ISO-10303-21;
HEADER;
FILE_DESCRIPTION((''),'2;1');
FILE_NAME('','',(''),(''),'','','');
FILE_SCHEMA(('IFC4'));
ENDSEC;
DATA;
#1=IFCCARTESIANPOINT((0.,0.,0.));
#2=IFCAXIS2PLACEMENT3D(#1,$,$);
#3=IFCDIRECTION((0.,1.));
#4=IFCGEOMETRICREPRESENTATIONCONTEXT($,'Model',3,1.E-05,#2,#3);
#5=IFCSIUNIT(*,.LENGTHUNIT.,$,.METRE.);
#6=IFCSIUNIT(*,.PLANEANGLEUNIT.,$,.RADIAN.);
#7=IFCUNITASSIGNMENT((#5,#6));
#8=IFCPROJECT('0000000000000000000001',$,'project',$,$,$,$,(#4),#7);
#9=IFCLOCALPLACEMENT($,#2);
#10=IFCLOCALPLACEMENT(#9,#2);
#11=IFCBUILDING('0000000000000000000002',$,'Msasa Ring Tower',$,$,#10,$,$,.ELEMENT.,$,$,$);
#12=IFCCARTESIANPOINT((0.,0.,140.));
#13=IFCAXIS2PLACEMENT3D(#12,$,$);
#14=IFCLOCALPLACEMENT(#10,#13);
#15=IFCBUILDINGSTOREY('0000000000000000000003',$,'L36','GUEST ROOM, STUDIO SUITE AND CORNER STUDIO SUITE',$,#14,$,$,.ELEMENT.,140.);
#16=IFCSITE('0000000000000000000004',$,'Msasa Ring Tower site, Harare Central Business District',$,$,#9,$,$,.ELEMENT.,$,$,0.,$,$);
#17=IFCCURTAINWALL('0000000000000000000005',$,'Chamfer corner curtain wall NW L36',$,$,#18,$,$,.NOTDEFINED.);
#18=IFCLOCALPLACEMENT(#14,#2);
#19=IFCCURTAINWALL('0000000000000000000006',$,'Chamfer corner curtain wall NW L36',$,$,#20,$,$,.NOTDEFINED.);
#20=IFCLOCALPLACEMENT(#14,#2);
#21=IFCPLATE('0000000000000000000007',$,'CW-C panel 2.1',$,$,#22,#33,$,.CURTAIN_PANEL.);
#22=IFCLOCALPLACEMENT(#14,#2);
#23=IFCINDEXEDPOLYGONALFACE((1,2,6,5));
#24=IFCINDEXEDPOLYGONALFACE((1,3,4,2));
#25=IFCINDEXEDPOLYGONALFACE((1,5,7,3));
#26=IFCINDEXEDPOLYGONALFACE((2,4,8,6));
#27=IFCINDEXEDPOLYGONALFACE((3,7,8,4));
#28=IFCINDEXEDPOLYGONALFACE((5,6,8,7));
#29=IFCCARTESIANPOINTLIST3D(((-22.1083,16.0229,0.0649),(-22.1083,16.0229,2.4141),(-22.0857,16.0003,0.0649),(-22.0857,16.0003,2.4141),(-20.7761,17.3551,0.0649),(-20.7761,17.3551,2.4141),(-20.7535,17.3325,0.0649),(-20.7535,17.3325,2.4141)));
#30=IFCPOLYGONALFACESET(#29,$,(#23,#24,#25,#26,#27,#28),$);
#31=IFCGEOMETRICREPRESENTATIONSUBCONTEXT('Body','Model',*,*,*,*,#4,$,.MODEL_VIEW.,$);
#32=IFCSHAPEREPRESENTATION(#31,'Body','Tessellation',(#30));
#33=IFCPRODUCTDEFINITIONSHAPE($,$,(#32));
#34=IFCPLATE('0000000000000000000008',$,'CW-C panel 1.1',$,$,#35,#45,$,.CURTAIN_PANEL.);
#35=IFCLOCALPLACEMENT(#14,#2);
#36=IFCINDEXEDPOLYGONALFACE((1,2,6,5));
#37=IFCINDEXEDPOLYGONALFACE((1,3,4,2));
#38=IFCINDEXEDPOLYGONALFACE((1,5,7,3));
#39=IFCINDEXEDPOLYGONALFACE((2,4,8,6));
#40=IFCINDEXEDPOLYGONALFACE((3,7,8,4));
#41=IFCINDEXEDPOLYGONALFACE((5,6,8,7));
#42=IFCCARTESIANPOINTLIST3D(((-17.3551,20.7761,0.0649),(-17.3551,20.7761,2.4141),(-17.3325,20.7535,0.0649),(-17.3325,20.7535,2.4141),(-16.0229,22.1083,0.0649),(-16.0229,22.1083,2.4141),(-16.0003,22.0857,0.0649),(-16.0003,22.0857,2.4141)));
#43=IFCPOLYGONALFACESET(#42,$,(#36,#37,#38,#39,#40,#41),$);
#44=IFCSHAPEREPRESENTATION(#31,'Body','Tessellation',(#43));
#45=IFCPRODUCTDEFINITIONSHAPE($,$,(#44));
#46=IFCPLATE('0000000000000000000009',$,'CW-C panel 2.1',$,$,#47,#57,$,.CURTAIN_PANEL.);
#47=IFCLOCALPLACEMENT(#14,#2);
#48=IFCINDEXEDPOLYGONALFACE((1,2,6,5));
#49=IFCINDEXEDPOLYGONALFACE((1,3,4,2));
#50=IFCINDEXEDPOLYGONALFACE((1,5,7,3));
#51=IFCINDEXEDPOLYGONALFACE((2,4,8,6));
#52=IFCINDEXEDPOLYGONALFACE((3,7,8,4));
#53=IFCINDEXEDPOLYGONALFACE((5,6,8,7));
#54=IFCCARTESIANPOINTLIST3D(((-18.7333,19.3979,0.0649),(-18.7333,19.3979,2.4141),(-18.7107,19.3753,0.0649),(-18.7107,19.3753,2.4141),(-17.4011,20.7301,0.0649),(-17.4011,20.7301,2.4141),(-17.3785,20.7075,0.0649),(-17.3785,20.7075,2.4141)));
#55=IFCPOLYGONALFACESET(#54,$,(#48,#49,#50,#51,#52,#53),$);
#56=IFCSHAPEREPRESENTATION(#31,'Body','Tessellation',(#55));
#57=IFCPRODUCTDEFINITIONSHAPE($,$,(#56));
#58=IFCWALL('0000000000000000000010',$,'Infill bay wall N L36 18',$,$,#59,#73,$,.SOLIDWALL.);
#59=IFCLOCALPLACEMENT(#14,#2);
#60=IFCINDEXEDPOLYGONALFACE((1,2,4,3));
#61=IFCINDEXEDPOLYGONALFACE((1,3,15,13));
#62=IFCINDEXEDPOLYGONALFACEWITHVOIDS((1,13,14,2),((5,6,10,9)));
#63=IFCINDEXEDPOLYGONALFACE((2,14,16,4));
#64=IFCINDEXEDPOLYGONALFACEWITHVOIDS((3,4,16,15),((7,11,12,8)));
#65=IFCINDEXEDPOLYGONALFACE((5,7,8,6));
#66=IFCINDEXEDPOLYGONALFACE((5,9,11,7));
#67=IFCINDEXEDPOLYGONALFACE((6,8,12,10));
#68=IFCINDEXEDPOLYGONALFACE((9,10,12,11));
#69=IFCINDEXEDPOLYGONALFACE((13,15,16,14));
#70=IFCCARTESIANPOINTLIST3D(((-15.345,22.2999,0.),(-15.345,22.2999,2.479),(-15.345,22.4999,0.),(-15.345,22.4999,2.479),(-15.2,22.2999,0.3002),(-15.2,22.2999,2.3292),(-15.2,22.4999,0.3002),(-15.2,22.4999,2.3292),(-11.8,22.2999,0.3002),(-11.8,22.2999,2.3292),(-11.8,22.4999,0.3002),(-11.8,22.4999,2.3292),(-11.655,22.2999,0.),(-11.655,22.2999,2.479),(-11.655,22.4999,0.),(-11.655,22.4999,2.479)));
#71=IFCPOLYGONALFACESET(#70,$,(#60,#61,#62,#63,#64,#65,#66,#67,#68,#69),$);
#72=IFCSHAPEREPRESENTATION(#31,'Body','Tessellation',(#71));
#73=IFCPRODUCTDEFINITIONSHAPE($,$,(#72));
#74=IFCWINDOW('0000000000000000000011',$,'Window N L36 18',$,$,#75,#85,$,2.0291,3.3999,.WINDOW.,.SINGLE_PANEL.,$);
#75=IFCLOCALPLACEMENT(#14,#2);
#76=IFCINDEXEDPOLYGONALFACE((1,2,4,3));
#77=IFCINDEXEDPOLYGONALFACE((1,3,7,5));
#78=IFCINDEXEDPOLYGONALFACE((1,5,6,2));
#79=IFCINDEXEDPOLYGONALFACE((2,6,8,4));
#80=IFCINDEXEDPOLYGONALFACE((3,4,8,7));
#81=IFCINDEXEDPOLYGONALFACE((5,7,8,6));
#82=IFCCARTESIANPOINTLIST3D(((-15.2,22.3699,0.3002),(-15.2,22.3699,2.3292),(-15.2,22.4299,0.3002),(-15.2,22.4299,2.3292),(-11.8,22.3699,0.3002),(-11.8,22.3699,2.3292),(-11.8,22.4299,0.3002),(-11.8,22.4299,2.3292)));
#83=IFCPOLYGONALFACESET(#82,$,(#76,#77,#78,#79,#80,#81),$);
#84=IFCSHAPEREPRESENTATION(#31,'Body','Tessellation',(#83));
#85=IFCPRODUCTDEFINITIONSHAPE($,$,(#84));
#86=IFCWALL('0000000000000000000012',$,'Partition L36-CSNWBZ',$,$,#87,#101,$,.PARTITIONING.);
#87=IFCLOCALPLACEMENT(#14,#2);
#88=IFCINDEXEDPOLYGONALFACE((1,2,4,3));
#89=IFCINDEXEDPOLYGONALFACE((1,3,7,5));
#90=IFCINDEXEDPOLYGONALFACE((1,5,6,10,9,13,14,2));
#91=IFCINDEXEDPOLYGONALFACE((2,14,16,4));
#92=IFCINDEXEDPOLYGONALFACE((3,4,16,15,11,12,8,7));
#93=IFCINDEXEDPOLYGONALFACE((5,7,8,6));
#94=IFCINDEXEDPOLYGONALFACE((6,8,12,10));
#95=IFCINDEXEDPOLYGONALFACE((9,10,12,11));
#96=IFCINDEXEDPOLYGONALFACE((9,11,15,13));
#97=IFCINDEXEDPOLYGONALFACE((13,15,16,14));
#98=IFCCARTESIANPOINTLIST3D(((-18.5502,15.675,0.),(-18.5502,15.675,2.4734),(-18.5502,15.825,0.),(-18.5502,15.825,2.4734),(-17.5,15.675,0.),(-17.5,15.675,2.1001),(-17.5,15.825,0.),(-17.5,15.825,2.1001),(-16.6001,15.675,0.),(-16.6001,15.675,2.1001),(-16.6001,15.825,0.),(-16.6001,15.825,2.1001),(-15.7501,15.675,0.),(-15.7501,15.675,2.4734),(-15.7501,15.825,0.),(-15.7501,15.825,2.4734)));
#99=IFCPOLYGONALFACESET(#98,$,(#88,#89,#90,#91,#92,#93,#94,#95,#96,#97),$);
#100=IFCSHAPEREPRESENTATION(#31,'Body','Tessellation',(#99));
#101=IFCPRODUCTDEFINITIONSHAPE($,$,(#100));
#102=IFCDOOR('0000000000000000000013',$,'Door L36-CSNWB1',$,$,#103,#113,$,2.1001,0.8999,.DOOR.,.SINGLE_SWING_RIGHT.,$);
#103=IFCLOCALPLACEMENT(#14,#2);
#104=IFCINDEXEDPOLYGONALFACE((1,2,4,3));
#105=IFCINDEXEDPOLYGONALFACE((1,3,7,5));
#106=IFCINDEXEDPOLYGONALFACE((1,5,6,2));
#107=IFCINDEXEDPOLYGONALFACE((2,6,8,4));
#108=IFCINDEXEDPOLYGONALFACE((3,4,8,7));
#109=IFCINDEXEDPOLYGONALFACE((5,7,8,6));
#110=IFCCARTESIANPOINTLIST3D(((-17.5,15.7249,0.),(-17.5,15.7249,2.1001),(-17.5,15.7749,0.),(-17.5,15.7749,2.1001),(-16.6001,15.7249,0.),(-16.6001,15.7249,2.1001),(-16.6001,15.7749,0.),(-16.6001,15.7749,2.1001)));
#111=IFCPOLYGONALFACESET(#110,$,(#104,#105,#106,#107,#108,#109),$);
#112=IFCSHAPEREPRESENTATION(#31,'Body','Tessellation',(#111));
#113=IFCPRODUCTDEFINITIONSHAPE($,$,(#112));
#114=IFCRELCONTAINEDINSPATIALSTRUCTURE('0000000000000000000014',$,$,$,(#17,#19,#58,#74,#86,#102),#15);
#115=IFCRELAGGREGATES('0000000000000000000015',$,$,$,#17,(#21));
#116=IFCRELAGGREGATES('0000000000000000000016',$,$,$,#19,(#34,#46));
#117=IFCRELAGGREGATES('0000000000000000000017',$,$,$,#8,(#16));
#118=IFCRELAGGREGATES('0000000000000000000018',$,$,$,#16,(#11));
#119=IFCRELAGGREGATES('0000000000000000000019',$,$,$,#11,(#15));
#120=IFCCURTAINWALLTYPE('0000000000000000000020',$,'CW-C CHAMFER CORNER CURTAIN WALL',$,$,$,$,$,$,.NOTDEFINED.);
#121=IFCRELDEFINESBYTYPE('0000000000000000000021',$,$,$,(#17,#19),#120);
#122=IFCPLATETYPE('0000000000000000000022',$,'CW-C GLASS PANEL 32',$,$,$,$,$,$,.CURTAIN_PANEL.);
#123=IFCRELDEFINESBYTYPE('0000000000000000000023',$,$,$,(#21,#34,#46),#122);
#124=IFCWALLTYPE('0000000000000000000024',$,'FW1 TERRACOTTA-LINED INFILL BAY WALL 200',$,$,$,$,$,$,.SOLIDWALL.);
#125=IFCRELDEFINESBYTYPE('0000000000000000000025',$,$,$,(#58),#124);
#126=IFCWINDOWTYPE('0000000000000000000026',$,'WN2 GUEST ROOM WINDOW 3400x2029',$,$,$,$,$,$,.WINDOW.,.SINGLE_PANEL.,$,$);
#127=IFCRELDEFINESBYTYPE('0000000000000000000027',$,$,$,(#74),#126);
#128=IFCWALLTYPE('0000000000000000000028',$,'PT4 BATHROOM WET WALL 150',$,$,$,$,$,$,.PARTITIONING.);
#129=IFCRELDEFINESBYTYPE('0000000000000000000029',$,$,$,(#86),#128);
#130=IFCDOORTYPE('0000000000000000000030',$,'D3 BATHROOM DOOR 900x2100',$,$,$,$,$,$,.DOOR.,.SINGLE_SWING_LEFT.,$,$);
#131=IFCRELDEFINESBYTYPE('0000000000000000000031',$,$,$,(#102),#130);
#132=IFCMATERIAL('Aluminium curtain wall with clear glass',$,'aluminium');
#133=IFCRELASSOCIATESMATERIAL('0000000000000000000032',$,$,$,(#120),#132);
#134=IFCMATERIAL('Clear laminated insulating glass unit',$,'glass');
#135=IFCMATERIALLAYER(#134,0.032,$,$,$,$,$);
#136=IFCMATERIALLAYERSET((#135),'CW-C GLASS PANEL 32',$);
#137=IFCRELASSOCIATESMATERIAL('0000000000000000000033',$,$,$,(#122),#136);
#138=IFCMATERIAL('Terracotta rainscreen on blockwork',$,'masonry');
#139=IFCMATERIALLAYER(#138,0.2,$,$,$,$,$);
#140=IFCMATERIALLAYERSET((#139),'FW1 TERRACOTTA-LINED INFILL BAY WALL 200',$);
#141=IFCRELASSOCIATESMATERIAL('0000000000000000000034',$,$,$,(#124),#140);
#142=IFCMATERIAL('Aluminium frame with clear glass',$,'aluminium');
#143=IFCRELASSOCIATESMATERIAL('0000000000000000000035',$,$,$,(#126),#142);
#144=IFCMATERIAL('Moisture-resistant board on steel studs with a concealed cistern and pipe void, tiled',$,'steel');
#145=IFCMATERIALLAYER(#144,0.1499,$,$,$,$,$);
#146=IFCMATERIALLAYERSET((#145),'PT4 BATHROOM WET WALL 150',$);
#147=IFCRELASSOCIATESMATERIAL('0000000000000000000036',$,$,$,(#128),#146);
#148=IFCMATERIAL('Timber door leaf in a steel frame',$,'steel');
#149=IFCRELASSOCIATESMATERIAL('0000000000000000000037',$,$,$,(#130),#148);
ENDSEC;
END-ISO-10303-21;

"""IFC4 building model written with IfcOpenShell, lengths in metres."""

from ifc_helpers import new_model, si_unit, direction, frame, frame_2d, origin, origin_2d, place, context, subcontext, project, spatial, rectangle, extrude, material, layer, layer_set, type_object, element, fill, aggregate, save


model = new_model("IFC4")

# Units and contexts
model_context = context("Model", 3, precision=1e-05, world=origin(), true_north=direction((0.0, 1.0)))
body_context = subcontext(model_context, "Body", "Model", "MODEL_VIEW")
ifc_project = project(units=[si_unit("LENGTHUNIT", "METRE"), si_unit("PLANEANGLEUNIT", "RADIAN")], contexts=[model_context])

# Site, building, storey
site_placement = place(None, origin())
site = spatial("IfcSite", under=ifc_project, at=site_placement, Name="Msasa Ring Tower site, Harare Central Business District", CompositionType="ELEMENT", RefElevation=0.0)
building_placement = place(site_placement, origin())
building = spatial("IfcBuilding", under=site, at=building_placement, Name="Msasa Ring Tower", CompositionType="ELEMENT")
storey_placement = place(building_placement, frame((0.0, 0.0, 140.0)))
storey = spatial("IfcBuildingStorey", under=building, at=storey_placement, Name="L36", Description="GUEST ROOM, STUDIO SUITE AND CORNER STUDIO SUITE", CompositionType="ELEMENT", Elevation=140.0)

# Curtain walls
ifc_material_1 = material(Name="Aluminium curtain wall with clear glass", Category="aluminium")
curtain_wall_type = type_object("IfcCurtainWallType", Name="CW-C CHAMFER CORNER CURTAIN WALL", PredefinedType="NOTDEFINED", material=ifc_material_1)
curtain_wall_1_placement = place(storey_placement, origin())
curtain_wall_1 = element("IfcCurtainWall", 1, at=curtain_wall_1_placement, inside=storey, type_object=curtain_wall_type, Name="Chamfer corner curtain wall NW L36", PredefinedType="NOTDEFINED")
curtain_wall_2_placement = place(storey_placement, origin())
curtain_wall_2 = element("IfcCurtainWall", 2, at=curtain_wall_2_placement, inside=storey, type_object=curtain_wall_type, Name="Chamfer corner curtain wall NW L36", PredefinedType="NOTDEFINED")

# Plates
ifc_material_2 = material(Name="Clear laminated insulating glass unit", Category="glass")
ifc_layer_1 = layer(ifc_material_2, 0.032)
ifc_layer_set_1 = layer_set([ifc_layer_1], Name="CW-C GLASS PANEL 32")
plate_type = type_object("IfcPlateType", Name="CW-C GLASS PANEL 32", PredefinedType="CURTAIN_PANEL", material=ifc_layer_set_1)
plate_1_placement = place(storey_placement, frame((-21.4309, 16.6777, 0.0649), z_axis=(0.0, 0.0, 1.0), x_axis=(-0.707107, -0.707107, 0.0)))
plate_1 = element("IfcPlate", 3, at=plate_1_placement, type_object=plate_type, Name="CW-C panel 2.1", PredefinedType="CURTAIN_PANEL", context=body_context, shape_type="SweptSolid", body=[
    extrude(rectangle(XDim=1.884, YDim=0.032, at=origin_2d()), origin(), (0.0, 0.0, 1.0), 2.3491),
])
aggregate(curtain_wall_1, [plate_1])
plate_2_placement = place(storey_placement, frame((-16.6777, 21.4309, 0.0649), z_axis=(0.0, 0.0, 1.0), x_axis=(-0.707107, -0.707107, 0.0)))
plate_2 = element("IfcPlate", 4, at=plate_2_placement, type_object=plate_type, Name="CW-C panel 1.1", PredefinedType="CURTAIN_PANEL", context=body_context, shape_type="SweptSolid", body=[
    extrude(rectangle(XDim=1.884, YDim=0.032, at=origin_2d()), origin(), (0.0, 0.0, 1.0), 2.3491),
])
plate_3_placement = place(storey_placement, frame((-18.0559, 20.0527, 0.0649), z_axis=(0.0, 0.0, 1.0), x_axis=(-0.707107, -0.707107, 0.0)))
plate_3 = element("IfcPlate", 5, at=plate_3_placement, type_object=plate_type, Name="CW-C panel 2.1", PredefinedType="CURTAIN_PANEL", context=body_context, shape_type="SweptSolid", body=[
    extrude(rectangle(XDim=1.884, YDim=0.032, at=origin_2d()), origin(), (0.0, 0.0, 1.0), 2.3491),
])
aggregate(curtain_wall_2, [plate_2, plate_3])

# Wall, opening, window
ifc_material_3 = material(Name="Terracotta rainscreen on blockwork", Category="masonry")
ifc_layer_2 = layer(ifc_material_3, 0.2)
ifc_layer_set_2 = layer_set([ifc_layer_2], Name="FW1 TERRACOTTA-LINED INFILL BAY WALL 200")
wall_type_1 = type_object("IfcWallType", Name="FW1 TERRACOTTA-LINED INFILL BAY WALL 200", PredefinedType="SOLIDWALL", material=ifc_layer_set_2)
wall_1_placement = place(storey_placement, frame((-15.345, 22.3999, 0.0), z_axis=(0.0, 0.0, 1.0), x_axis=(1.0, 0.0, 0.0)))
wall_1 = element("IfcWall", 6, at=wall_1_placement, inside=storey, type_object=wall_type_1, Name="Infill bay wall N L36 18", PredefinedType="SOLIDWALL", context=body_context, shape_type="SweptSolid", body=[
    extrude(rectangle(XDim=3.6899, YDim=0.2, at=frame_2d((1.845, 0.0))), origin(), (0.0, 0.0, 1.0), 2.479),
])
opening_1_placement = place(wall_1_placement, frame((0.145, 0.0, 0.3)))
opening_1 = element("IfcOpeningElement", 7, at=opening_1_placement, cuts=wall_1, PredefinedType="OPENING", context=body_context, shape_type="SweptSolid", body=[
    extrude(rectangle(XDim=3.3999, YDim=2.0291, at=frame_2d((1.7, 1.0146))), frame((0.0, 0.1099, 0.0), z_axis=(0.0, -1.0, 0.0), x_axis=(1.0, 0.0, 0.0)), (0.0, 0.0, 1.0), 0.22),
])
ifc_material_4 = material(Name="Aluminium frame with clear glass", Category="aluminium")
window_type = type_object("IfcWindowType", Name="WN2 GUEST ROOM WINDOW 3400x2029", PartitioningType="SINGLE_PANEL", PredefinedType="WINDOW", material=ifc_material_4)
window_placement = place(opening_1_placement, origin())
window = element("IfcWindow", 8, at=window_placement, inside=storey, type_object=window_type, Name="Window N L36 18", OverallHeight=2.0291, OverallWidth=3.3999, PartitioningType="SINGLE_PANEL", PredefinedType="WINDOW", context=body_context, shape_type="SweptSolid", body=[
    extrude(rectangle(XDim=3.3999, YDim=2.0291, at=frame_2d((1.7, 1.0146))), frame((0.0, 0.03, 0.0), z_axis=(0.0, -1.0, 0.0), x_axis=(1.0, 0.0, 0.0)), (0.0, 0.0, 1.0), 0.0601),
])
fill(opening_1, window)

# Wall, opening, door
ifc_material_5 = material(Name="Moisture-resistant board on steel studs with a concealed cistern and pipe void, tiled", Category="steel")
ifc_layer_3 = layer(ifc_material_5, 0.1499)
ifc_layer_set_3 = layer_set([ifc_layer_3], Name="PT4 BATHROOM WET WALL 150")
wall_type_2 = type_object("IfcWallType", Name="PT4 BATHROOM WET WALL 150", PredefinedType="PARTITIONING", material=ifc_layer_set_3)
wall_2_placement = place(storey_placement, frame((-18.55, 15.75, 0.0), z_axis=(0.0, 0.0, 1.0), x_axis=(1.0, 0.0, 0.0)))
wall_2 = element("IfcWall", 9, at=wall_2_placement, inside=storey, type_object=wall_type_2, Name="Partition L36-CSNWBZ", PredefinedType="PARTITIONING", context=body_context, shape_type="SweptSolid", body=[
    extrude(rectangle(XDim=2.8, YDim=0.1499, at=frame_2d((1.3999, 0.0))), origin(), (0.0, 0.0, 1.0), 2.4734),
])
opening_2_placement = place(wall_2_placement, frame((1.05, 0.0, 0.0)))
opening_2 = element("IfcOpeningElement", 10, at=opening_2_placement, cuts=wall_2, PredefinedType="OPENING", context=body_context, shape_type="SweptSolid", body=[
    extrude(rectangle(XDim=0.8999, YDim=2.1001, at=frame_2d((0.45, 1.05))), frame((0.0, 0.085, 0.0), z_axis=(0.0, -1.0, 0.0), x_axis=(1.0, 0.0, 0.0)), (0.0, 0.0, 1.0), 0.1699),
])
ifc_material_6 = material(Name="Timber door leaf in a steel frame", Category="steel")
door_type = type_object("IfcDoorType", Name="D3 BATHROOM DOOR 900x2100", OperationType="SINGLE_SWING_LEFT", PredefinedType="DOOR", material=ifc_material_6)
door_placement = place(opening_2_placement, origin())
door = element("IfcDoor", 11, at=door_placement, inside=storey, type_object=door_type, Name="Door L36-CSNWB1", OperationType="SINGLE_SWING_RIGHT", OverallHeight=2.1001, OverallWidth=0.8999, PredefinedType="DOOR", context=body_context, shape_type="SweptSolid", body=[
    extrude(rectangle(XDim=0.8999, YDim=2.1001, at=frame_2d((0.45, 1.05))), frame((0.0, 0.0249, 0.0), z_axis=(0.0, -1.0, 0.0), x_axis=(1.0, 0.0, 0.0)), (0.0, 0.0, 1.0), 0.05),
])
fill(opening_2, door)

save(model, "model.ifc")
